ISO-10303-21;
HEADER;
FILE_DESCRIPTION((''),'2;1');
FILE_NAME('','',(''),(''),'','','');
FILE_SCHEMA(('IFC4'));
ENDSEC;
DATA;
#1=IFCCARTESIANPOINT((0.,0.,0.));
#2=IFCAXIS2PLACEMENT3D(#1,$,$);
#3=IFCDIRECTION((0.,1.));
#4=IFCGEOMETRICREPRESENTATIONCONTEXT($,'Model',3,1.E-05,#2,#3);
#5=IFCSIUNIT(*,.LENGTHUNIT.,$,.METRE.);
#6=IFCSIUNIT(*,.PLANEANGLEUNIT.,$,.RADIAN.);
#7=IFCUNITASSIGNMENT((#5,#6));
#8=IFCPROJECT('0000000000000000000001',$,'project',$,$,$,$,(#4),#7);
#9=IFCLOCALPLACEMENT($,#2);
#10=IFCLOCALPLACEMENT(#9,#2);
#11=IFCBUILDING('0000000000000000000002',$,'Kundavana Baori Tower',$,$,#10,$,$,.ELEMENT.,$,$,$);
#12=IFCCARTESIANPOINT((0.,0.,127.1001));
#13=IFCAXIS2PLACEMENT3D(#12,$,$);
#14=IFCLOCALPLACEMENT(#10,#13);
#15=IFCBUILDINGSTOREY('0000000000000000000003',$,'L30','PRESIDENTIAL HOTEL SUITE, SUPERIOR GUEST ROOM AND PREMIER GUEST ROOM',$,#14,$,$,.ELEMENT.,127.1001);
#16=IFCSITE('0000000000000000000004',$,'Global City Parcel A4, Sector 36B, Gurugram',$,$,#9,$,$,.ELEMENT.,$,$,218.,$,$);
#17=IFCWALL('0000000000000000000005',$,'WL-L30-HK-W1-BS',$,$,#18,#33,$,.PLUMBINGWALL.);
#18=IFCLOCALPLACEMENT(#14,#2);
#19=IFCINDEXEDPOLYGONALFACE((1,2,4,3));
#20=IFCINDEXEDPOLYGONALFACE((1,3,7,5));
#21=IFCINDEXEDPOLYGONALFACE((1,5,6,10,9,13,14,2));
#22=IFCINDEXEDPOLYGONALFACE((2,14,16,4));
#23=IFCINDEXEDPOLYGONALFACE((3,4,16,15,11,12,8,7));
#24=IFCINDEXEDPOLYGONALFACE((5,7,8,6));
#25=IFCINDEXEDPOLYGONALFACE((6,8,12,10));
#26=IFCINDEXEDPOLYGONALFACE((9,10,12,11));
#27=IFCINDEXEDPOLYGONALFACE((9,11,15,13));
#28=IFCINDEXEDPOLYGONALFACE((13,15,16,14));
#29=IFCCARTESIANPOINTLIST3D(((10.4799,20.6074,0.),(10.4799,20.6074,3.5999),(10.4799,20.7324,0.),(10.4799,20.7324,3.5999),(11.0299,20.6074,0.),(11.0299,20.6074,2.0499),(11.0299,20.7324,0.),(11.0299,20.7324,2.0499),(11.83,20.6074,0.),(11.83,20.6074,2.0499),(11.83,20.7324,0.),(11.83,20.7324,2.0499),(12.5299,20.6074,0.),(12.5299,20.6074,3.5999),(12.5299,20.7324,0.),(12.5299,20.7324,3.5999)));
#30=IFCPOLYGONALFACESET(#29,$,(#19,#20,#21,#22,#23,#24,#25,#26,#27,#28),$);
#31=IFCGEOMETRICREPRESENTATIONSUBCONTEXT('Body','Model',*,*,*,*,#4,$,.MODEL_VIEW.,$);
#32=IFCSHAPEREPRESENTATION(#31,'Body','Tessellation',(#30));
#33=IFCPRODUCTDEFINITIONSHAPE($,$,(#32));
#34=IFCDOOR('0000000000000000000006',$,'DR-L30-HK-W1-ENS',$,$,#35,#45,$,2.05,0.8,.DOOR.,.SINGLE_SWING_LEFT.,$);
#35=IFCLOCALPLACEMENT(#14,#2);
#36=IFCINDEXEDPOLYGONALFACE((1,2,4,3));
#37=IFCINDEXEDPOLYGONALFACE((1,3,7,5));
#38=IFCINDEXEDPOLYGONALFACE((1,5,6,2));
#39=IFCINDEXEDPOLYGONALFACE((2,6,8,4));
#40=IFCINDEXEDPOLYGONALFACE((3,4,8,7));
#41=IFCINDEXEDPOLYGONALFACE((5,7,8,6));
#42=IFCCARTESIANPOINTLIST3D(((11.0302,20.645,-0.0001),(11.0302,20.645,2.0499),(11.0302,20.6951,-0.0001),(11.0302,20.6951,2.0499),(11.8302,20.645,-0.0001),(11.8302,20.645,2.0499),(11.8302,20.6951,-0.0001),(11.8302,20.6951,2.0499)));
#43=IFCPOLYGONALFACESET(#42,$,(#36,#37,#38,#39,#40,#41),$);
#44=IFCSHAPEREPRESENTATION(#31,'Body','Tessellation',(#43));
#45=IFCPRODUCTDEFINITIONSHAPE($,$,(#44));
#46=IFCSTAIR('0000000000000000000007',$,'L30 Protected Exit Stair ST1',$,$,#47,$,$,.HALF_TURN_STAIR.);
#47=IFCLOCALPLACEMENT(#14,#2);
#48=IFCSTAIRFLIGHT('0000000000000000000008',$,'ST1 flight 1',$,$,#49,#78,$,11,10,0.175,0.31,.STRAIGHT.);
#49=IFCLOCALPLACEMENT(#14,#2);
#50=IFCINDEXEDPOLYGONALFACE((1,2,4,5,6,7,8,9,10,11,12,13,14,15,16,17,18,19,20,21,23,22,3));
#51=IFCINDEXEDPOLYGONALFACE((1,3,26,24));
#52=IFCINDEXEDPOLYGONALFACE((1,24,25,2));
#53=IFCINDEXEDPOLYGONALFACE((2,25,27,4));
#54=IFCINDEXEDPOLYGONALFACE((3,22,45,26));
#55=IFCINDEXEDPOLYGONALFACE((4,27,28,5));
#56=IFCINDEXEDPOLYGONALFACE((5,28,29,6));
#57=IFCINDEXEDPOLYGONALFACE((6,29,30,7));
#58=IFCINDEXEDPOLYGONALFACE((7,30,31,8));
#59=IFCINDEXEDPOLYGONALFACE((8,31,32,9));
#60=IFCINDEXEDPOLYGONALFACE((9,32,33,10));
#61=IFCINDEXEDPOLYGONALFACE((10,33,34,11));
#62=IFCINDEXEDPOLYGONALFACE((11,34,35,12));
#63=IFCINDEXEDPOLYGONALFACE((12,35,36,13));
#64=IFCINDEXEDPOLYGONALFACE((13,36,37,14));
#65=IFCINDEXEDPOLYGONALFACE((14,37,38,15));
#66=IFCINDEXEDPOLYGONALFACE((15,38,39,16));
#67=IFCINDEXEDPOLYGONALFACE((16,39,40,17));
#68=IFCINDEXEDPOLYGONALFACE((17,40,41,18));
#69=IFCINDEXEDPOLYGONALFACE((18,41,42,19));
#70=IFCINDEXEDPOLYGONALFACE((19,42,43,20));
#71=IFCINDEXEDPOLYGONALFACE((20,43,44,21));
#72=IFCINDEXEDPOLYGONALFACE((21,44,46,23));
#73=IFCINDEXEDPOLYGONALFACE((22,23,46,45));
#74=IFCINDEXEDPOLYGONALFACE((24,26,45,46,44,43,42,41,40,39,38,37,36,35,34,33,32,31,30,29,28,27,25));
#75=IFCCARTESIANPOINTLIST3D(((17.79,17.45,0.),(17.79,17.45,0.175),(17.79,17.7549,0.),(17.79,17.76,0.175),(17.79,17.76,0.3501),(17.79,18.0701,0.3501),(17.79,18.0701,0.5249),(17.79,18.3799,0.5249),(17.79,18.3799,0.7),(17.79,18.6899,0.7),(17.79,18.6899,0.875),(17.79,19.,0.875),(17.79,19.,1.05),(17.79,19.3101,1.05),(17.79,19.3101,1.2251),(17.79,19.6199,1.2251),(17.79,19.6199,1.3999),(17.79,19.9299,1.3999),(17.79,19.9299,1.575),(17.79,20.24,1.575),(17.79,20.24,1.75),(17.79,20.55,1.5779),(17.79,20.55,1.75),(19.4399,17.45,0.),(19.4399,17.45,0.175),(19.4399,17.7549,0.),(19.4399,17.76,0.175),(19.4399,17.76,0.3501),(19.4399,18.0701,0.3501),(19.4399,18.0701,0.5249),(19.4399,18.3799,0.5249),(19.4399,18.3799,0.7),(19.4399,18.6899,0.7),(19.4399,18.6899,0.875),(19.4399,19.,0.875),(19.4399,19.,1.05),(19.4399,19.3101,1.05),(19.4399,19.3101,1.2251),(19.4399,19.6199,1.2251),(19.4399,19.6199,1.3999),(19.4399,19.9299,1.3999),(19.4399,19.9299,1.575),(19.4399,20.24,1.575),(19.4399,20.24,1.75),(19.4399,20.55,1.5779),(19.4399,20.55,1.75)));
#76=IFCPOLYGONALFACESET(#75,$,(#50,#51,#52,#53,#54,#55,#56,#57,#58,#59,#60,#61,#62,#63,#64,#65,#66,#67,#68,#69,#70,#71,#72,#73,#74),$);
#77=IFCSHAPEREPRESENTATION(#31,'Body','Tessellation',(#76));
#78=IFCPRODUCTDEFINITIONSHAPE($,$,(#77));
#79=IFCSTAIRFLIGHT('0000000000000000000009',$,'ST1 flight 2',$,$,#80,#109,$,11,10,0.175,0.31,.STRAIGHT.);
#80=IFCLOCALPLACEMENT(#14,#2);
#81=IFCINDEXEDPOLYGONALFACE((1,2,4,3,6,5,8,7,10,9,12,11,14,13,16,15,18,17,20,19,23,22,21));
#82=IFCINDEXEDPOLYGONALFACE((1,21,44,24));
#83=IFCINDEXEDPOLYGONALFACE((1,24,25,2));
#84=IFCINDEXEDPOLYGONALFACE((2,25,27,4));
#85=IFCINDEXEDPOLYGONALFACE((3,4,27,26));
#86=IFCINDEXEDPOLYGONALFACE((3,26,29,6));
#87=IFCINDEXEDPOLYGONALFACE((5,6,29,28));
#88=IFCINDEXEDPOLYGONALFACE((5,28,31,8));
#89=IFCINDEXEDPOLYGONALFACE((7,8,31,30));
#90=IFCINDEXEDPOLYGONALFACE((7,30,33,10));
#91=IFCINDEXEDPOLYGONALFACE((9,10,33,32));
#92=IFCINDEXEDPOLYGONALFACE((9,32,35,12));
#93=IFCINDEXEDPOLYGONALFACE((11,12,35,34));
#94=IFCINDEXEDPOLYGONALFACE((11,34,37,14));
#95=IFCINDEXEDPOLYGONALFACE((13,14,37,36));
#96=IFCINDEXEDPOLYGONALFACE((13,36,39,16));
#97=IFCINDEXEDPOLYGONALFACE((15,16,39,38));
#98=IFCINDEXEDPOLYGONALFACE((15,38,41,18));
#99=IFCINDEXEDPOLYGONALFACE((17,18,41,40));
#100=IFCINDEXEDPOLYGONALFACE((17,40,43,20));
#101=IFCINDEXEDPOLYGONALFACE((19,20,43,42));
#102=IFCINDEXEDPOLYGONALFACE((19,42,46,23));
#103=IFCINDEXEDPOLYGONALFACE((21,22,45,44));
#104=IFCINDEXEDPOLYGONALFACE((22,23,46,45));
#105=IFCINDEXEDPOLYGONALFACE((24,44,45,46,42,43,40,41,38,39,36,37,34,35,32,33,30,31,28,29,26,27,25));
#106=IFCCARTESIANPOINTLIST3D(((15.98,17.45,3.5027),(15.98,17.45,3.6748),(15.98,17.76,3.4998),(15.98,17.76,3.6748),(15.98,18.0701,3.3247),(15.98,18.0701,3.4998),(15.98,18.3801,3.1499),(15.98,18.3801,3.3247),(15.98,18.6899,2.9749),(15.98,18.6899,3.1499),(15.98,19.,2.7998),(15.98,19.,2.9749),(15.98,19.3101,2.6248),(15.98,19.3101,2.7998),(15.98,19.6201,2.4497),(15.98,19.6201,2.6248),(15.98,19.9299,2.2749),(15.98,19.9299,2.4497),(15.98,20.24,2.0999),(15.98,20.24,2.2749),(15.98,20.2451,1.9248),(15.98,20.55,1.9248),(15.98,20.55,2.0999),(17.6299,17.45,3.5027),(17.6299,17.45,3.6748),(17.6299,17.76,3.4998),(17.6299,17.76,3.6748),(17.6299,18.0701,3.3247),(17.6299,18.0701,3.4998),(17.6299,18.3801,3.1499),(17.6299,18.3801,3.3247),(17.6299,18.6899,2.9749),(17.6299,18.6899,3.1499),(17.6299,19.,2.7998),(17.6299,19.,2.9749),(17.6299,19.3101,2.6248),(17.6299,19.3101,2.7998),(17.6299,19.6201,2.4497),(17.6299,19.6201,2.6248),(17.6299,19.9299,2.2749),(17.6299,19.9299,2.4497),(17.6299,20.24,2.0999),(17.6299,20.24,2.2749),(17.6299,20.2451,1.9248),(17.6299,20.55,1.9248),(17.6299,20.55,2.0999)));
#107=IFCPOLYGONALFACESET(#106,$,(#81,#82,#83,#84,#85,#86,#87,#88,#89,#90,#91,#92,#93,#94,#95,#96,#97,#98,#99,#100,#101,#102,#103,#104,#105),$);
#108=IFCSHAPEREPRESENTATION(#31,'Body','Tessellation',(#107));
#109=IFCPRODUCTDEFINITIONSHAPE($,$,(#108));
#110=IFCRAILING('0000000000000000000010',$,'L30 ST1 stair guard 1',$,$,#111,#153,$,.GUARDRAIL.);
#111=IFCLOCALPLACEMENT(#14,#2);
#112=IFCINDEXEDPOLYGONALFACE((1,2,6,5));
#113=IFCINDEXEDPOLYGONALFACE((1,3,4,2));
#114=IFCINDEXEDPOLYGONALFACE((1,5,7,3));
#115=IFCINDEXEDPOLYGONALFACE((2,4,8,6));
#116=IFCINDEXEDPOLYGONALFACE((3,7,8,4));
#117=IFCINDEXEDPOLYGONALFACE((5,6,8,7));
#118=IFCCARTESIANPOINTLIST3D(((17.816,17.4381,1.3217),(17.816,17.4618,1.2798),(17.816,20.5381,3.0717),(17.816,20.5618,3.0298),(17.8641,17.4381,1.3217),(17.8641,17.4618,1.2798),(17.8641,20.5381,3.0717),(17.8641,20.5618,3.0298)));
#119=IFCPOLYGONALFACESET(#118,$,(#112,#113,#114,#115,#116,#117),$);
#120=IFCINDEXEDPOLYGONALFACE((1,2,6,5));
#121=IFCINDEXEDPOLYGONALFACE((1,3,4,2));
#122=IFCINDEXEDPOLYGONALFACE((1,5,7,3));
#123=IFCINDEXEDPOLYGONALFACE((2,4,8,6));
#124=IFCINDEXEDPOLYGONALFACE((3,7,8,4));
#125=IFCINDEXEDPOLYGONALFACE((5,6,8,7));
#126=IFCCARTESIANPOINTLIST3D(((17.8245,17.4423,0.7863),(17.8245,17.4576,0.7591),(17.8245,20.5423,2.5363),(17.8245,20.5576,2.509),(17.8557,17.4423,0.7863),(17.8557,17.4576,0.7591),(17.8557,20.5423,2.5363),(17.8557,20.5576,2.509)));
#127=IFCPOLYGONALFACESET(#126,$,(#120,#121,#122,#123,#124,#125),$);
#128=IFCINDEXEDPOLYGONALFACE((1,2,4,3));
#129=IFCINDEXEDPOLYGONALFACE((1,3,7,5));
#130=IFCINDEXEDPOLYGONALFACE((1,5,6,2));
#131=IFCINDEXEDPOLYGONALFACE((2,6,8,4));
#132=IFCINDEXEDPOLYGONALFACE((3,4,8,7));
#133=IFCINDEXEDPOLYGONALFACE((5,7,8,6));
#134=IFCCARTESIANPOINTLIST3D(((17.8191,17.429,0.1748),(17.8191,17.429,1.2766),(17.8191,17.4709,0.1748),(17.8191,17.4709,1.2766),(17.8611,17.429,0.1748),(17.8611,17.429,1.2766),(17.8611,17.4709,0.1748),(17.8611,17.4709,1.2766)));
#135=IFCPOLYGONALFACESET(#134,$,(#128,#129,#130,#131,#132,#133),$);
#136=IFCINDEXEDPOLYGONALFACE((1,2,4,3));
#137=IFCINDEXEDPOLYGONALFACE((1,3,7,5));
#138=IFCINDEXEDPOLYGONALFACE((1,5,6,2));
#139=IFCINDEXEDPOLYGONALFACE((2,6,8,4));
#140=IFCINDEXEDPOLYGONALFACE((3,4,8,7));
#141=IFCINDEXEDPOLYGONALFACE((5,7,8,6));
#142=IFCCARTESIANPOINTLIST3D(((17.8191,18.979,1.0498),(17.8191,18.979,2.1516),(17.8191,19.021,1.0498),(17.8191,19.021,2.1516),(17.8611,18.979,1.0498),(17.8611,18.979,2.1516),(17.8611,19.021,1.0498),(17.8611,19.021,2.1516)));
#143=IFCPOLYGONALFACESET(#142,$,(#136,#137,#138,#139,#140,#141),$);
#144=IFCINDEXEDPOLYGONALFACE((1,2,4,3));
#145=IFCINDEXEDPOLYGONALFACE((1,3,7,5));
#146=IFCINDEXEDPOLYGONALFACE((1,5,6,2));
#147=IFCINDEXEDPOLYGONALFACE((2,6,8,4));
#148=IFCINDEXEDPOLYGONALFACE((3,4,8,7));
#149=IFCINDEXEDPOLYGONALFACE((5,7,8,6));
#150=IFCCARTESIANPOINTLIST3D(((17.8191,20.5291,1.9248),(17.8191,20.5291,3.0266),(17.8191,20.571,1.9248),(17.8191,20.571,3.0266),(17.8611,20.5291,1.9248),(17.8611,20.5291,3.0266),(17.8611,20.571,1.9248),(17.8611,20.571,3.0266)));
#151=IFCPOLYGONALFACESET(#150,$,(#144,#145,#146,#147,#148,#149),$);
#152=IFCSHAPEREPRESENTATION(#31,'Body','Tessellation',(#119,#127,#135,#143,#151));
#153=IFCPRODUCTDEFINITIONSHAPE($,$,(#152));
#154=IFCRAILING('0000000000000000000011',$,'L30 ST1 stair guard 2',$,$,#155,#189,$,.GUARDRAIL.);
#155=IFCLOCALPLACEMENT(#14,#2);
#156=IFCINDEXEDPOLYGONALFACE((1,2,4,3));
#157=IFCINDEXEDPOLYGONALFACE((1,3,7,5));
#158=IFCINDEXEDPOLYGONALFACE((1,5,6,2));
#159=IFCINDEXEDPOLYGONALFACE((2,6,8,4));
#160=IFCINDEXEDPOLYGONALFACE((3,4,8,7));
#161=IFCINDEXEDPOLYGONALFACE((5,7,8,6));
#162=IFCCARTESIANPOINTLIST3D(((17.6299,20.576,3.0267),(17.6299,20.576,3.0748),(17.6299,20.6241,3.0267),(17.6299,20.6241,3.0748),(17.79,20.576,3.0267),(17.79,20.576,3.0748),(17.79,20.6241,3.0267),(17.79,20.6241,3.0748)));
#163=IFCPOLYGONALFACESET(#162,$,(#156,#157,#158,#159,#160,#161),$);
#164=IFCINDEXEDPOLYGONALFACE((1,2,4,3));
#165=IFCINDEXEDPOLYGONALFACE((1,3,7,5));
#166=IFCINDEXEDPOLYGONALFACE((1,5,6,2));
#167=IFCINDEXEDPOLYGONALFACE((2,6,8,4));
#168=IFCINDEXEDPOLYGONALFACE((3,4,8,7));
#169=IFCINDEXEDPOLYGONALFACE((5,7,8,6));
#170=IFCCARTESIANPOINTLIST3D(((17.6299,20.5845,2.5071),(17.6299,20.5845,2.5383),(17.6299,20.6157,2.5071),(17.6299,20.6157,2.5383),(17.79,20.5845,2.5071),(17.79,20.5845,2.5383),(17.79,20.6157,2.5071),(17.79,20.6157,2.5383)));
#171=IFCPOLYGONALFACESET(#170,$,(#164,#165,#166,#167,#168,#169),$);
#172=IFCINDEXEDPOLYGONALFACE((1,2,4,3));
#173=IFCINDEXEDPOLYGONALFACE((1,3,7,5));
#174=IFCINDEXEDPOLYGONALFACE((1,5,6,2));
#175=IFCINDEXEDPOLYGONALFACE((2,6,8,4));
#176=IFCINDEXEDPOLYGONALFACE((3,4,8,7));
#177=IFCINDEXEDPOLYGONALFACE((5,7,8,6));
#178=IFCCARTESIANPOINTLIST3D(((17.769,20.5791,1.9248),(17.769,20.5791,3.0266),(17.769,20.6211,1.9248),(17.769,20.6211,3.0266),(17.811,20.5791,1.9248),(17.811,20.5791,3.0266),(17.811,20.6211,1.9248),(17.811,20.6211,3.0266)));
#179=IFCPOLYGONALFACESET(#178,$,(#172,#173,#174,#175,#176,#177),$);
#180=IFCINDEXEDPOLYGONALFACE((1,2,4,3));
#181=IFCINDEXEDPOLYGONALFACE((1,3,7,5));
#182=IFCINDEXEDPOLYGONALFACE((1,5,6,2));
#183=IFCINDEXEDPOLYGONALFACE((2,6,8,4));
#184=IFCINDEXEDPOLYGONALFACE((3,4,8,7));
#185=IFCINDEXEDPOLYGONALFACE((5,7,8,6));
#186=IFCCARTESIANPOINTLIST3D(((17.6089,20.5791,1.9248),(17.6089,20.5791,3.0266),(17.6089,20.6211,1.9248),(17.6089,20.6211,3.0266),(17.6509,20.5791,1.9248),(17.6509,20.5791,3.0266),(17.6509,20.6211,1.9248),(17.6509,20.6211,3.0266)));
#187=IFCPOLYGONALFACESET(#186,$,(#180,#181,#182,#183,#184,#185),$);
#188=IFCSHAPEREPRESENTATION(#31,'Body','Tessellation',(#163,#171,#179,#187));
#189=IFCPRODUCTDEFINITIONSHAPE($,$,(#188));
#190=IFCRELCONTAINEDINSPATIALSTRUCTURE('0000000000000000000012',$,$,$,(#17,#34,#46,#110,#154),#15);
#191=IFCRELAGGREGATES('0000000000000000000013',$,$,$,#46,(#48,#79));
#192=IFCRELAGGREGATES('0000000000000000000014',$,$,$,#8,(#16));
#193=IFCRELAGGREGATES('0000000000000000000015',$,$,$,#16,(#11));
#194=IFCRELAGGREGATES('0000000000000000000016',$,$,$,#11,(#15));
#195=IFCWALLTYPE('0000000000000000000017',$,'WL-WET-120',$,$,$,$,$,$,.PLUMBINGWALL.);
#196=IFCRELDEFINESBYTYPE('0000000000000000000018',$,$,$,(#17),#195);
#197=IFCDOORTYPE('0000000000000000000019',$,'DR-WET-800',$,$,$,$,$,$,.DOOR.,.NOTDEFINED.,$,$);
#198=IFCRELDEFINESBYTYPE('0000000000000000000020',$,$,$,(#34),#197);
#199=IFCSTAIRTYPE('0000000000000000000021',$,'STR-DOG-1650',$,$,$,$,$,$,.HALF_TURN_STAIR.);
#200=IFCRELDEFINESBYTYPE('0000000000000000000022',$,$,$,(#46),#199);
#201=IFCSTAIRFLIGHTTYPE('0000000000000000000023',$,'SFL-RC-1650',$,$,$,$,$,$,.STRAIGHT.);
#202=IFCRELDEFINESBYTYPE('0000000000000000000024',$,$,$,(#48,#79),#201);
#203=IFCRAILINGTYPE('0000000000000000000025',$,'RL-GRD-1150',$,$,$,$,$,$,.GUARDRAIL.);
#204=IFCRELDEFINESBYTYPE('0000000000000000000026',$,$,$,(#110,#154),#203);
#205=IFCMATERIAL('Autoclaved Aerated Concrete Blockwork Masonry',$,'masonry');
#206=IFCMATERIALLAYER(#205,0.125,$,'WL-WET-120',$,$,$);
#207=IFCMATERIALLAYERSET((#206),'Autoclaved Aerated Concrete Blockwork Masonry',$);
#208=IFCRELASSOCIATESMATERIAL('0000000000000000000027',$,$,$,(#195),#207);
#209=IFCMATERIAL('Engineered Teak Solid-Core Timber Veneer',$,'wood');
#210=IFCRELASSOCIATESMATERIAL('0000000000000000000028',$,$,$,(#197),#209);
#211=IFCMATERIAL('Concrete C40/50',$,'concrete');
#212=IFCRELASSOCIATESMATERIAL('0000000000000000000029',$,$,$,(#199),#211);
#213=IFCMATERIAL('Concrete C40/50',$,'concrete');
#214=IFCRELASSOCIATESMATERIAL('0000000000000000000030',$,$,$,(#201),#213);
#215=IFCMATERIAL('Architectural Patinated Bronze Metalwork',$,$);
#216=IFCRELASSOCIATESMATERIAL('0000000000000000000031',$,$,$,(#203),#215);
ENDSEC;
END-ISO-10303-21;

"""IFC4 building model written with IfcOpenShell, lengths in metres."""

from ifc_helpers import new_model, si_unit, direction, frame, frame_2d, origin, origin_2d, place, context, subcontext, project, spatial, polyline, rectangle, outline, extrude, material, layer, layer_set, type_object, element, fill, aggregate, save


model = new_model("IFC4")

# Units and contexts
model_context = context("Model", 3, precision=1e-05, world=origin(), true_north=direction((0.0, 1.0)))
body_context = subcontext(model_context, "Body", "Model", "MODEL_VIEW")
ifc_project = project(units=[si_unit("LENGTHUNIT", "METRE"), si_unit("PLANEANGLEUNIT", "RADIAN")], contexts=[model_context])

# Site, building, storey
site_placement = place(None, origin())
site = spatial("IfcSite", under=ifc_project, at=site_placement, Name="Global City Parcel A4, Sector 36B, Gurugram", CompositionType="ELEMENT", RefElevation=218.0)
building_placement = place(site_placement, origin())
building = spatial("IfcBuilding", under=site, at=building_placement, Name="Kundavana Baori Tower", CompositionType="ELEMENT")
storey_placement = place(building_placement, frame((0.0, 0.0, 127.1001)))
storey = spatial("IfcBuildingStorey", under=building, at=storey_placement, Name="L30", Description="PRESIDENTIAL HOTEL SUITE, SUPERIOR GUEST ROOM AND PREMIER GUEST ROOM", CompositionType="ELEMENT", Elevation=127.1001)

# Shared definitions
ifc_material_1 = material(Name="Autoclaved Aerated Concrete Blockwork Masonry", Category="masonry")
ifc_layer_1 = layer(ifc_material_1, 0.125, Name="WL-WET-120")
ifc_layer_set_1 = layer_set([ifc_layer_1], Name="Autoclaved Aerated Concrete Blockwork Masonry")
wall_type_1 = type_object("IfcWallType", Name="WL-WET-120", PredefinedType="PLUMBINGWALL", material=ifc_layer_set_1)

# Wall, opening, door
wall_1_placement = place(storey_placement, frame((10.48, 20.6699, 0.0), z_axis=(0.0, 0.0, 1.0), x_axis=(1.0, 0.0, 0.0)))
wall_1 = element("IfcWall", 1, at=wall_1_placement, inside=storey, type_object=wall_type_1, Name="WL-L30-HK-W1-BS", PredefinedType="PLUMBINGWALL", context=body_context, shape_type="SweptSolid", body=[
    extrude(rectangle(XDim=2.05, YDim=0.125, at=frame_2d((1.0249, 0.0))), origin(), (0.0, 0.0, 1.0), 3.5999),
])
opening_1_placement = place(wall_1_placement, frame((0.55, 0.0, 0.0)))
opening_1 = element("IfcOpeningElement", 2, at=opening_1_placement, cuts=wall_1, PredefinedType="OPENING", context=body_context, shape_type="SweptSolid", body=[
    extrude(rectangle(XDim=0.8, YDim=2.05, at=frame_2d((0.3999, 1.0249))), frame((0.0, 0.0725, 0.0), z_axis=(0.0, -1.0, 0.0), x_axis=(1.0, 0.0, 0.0)), (0.0, 0.0, 1.0), 0.145),
])
ifc_material_2 = material(Name="Engineered Teak Solid-Core Timber Veneer", Category="wood")
door_type_1 = type_object("IfcDoorType", Name="DR-WET-800", OperationType="NOTDEFINED", PredefinedType="DOOR", material=ifc_material_2)
door_1_placement = place(opening_1_placement, frame((0.8, 0.0, 0.0), z_axis=(0.0, 0.0, 1.0), x_axis=(-1.0, 0.0, 0.0)))
door_1 = element("IfcDoor", 3, at=door_1_placement, inside=storey, type_object=door_type_1, Name="DR-L30-HK-W1-ENS", OperationType="SINGLE_SWING_LEFT", OverallHeight=2.05, OverallWidth=0.8, PredefinedType="DOOR", context=body_context, shape_type="SweptSolid", body=[
    extrude(rectangle(XDim=0.8, YDim=2.05, at=frame_2d((0.3999, 1.0249))), frame((0.0, 0.0249, 0.0), z_axis=(0.0, -1.0, 0.0), x_axis=(1.0, 0.0, 0.0)), (0.0, 0.0, 1.0), 0.05),
])
fill(opening_1, door_1)

# Stair, stair flights
ifc_material_3 = material(Name="Concrete C40/50", Category="concrete")
stair_type = type_object("IfcStairType", Name="STR-DOG-1650", PredefinedType="HALF_TURN_STAIR", material=ifc_material_3)
stair_placement = place(storey_placement, origin())
stair = element("IfcStair", 4, at=stair_placement, inside=storey, type_object=stair_type, Name="L30 Protected Exit Stair ST1", PredefinedType="HALF_TURN_STAIR")
ifc_material_4 = material(Name="Concrete C40/50", Category="concrete")
stair_flight_type = type_object("IfcStairFlightType", Name="SFL-RC-1650", PredefinedType="STRAIGHT", material=ifc_material_4)
stair_flight_1_placement = place(storey_placement, frame((18.615, 17.45, 0.0), z_axis=(0.0, 0.0, 1.0), x_axis=(0.0, 1.0, 0.0)))
stair_flight_1 = element("IfcStairFlight", 5, at=stair_flight_1_placement, type_object=stair_flight_type, Name="ST1 flight 1", NumberOfRisers=11, NumberOfTreads=10, PredefinedType="STRAIGHT", RiserHeight=0.175, TreadLength=0.31, context=body_context, shape_type="SweptSolid", body=[
    extrude(outline(polyline([(0.0, 0.0), (0.0, 0.175), (0.3101, 0.175), (0.3101, 0.3501), (0.6201, 0.3501), (0.6201, 0.5249), (0.9299, 0.5249), (0.9299, 0.7), (1.24, 0.7), (1.24, 0.875), (1.55, 0.875), (1.55, 1.05), (1.8601, 1.05), (1.8601, 1.2251), (2.1699, 1.2251), (2.1699, 1.3999), (2.48, 1.3999), (2.48, 1.575), (2.79, 1.575), (2.79, 1.75), (3.1001, 1.75), (3.1001, 1.925), (3.1001, 1.5779), (0.3049, 0.0), (0.0, 0.0)])), frame((0.0, 0.825, 0.0), z_axis=(0.0, -1.0, 0.0), x_axis=(1.0, 0.0, 0.0)), (0.0, 0.0, 1.0), 1.6499),
])
stair_flight_2_placement = place(storey_placement, frame((16.8049, 20.55, 1.9248), z_axis=(0.0, 0.0, 1.0), x_axis=(0.0, -1.0, 0.0)))
stair_flight_2 = element("IfcStairFlight", 6, at=stair_flight_2_placement, type_object=stair_flight_type, Name="ST1 flight 2", NumberOfRisers=11, NumberOfTreads=10, PredefinedType="STRAIGHT", RiserHeight=0.175, TreadLength=0.31, context=body_context, shape_type="SweptSolid", body=[
    extrude(outline(polyline([(0.0, 0.0), (0.0, 0.175), (0.3101, 0.175), (0.3101, 0.3501), (0.6201, 0.3501), (0.6201, 0.5249), (0.9299, 0.5249), (0.9299, 0.7), (1.24, 0.7), (1.24, 0.875), (1.55, 0.875), (1.55, 1.05), (1.8601, 1.05), (1.8601, 1.2251), (2.1699, 1.2251), (2.1699, 1.3999), (2.48, 1.3999), (2.48, 1.575), (2.79, 1.575), (2.79, 1.75), (3.1001, 1.75), (3.1001, 1.925), (3.1001, 1.5779), (0.3049, 0.0), (0.0, 0.0)])), frame((0.0, 0.825, 0.0), z_axis=(0.0, -1.0, 0.0), x_axis=(1.0, 0.0, 0.0)), (0.0, 0.0, 1.0), 1.6499),
])
aggregate(stair, [stair_flight_1, stair_flight_2])

# Railings
ifc_material_5 = material(Name="Architectural Patinated Bronze Metalwork")
railing_type_1 = type_object("IfcRailingType", Name="RL-GRD-1150", PredefinedType="GUARDRAIL", material=ifc_material_5)
railing_1_placement = place(storey_placement, frame((17.8401, 17.45, 0.1748)))
element("IfcRailing", 7, at=railing_1_placement, inside=storey, type_object=railing_type_1, Name="L30 ST1 stair guard 1", PredefinedType="GUARDRAIL", context=body_context, shape_type="SweptSolid", body=[
    extrude(rectangle(XDim=0.0481, YDim=0.0481, at=origin_2d()), frame((0.0, 0.0, 1.126), z_axis=(0.0, 0.870831, 0.491583), x_axis=(-1.0, 0.0, 0.0)), (0.0, 0.0, 1.0), 3.5598),
    extrude(rectangle(XDim=0.0312, YDim=0.0312, at=origin_2d()), frame((0.0, 0.0, 0.5979), z_axis=(0.0, 0.870831, 0.491583), x_axis=(-1.0, 0.0, 0.0)), (0.0, 0.0, 1.0), 3.5598),
    extrude(rectangle(XDim=0.042, YDim=0.042, at=origin_2d()), origin(), (0.0, 0.0, 1.0), 1.1018),
    extrude(rectangle(XDim=0.042, YDim=0.042, at=origin_2d()), frame((0.0, 1.55, 0.875)), (0.0, 0.0, 1.0), 1.1018),
    extrude(rectangle(XDim=0.042, YDim=0.042, at=origin_2d()), frame((0.0, 3.1001, 1.75)), (0.0, 0.0, 1.0), 1.1018),
])
railing_2_placement = place(storey_placement, frame((17.79, 20.6001, 1.9248)))
element("IfcRailing", 8, at=railing_2_placement, inside=storey, type_object=railing_type_1, Name="L30 ST1 stair guard 2", PredefinedType="GUARDRAIL", context=body_context, shape_type="SweptSolid", body=[
    extrude(rectangle(XDim=0.0481, YDim=0.0481, at=origin_2d()), frame((0.0, 0.0, 1.126), z_axis=(-1.0, 0.0, 0.0), x_axis=(0.0, -1.0, 0.0)), (0.0, 0.0, 1.0), 0.1602),
    extrude(rectangle(XDim=0.0312, YDim=0.0312, at=origin_2d()), frame((0.0, 0.0, 0.5979), z_axis=(-1.0, 0.0, 0.0), x_axis=(0.0, -1.0, 0.0)), (0.0, 0.0, 1.0), 0.1602),
    extrude(rectangle(XDim=0.042, YDim=0.042, at=origin_2d()), origin(), (0.0, 0.0, 1.0), 1.1018),
    extrude(rectangle(XDim=0.042, YDim=0.042, at=origin_2d()), frame((-0.1602, 0.0, 0.0)), (0.0, 0.0, 1.0), 1.1018),
])

save(model, "model.ifc")
